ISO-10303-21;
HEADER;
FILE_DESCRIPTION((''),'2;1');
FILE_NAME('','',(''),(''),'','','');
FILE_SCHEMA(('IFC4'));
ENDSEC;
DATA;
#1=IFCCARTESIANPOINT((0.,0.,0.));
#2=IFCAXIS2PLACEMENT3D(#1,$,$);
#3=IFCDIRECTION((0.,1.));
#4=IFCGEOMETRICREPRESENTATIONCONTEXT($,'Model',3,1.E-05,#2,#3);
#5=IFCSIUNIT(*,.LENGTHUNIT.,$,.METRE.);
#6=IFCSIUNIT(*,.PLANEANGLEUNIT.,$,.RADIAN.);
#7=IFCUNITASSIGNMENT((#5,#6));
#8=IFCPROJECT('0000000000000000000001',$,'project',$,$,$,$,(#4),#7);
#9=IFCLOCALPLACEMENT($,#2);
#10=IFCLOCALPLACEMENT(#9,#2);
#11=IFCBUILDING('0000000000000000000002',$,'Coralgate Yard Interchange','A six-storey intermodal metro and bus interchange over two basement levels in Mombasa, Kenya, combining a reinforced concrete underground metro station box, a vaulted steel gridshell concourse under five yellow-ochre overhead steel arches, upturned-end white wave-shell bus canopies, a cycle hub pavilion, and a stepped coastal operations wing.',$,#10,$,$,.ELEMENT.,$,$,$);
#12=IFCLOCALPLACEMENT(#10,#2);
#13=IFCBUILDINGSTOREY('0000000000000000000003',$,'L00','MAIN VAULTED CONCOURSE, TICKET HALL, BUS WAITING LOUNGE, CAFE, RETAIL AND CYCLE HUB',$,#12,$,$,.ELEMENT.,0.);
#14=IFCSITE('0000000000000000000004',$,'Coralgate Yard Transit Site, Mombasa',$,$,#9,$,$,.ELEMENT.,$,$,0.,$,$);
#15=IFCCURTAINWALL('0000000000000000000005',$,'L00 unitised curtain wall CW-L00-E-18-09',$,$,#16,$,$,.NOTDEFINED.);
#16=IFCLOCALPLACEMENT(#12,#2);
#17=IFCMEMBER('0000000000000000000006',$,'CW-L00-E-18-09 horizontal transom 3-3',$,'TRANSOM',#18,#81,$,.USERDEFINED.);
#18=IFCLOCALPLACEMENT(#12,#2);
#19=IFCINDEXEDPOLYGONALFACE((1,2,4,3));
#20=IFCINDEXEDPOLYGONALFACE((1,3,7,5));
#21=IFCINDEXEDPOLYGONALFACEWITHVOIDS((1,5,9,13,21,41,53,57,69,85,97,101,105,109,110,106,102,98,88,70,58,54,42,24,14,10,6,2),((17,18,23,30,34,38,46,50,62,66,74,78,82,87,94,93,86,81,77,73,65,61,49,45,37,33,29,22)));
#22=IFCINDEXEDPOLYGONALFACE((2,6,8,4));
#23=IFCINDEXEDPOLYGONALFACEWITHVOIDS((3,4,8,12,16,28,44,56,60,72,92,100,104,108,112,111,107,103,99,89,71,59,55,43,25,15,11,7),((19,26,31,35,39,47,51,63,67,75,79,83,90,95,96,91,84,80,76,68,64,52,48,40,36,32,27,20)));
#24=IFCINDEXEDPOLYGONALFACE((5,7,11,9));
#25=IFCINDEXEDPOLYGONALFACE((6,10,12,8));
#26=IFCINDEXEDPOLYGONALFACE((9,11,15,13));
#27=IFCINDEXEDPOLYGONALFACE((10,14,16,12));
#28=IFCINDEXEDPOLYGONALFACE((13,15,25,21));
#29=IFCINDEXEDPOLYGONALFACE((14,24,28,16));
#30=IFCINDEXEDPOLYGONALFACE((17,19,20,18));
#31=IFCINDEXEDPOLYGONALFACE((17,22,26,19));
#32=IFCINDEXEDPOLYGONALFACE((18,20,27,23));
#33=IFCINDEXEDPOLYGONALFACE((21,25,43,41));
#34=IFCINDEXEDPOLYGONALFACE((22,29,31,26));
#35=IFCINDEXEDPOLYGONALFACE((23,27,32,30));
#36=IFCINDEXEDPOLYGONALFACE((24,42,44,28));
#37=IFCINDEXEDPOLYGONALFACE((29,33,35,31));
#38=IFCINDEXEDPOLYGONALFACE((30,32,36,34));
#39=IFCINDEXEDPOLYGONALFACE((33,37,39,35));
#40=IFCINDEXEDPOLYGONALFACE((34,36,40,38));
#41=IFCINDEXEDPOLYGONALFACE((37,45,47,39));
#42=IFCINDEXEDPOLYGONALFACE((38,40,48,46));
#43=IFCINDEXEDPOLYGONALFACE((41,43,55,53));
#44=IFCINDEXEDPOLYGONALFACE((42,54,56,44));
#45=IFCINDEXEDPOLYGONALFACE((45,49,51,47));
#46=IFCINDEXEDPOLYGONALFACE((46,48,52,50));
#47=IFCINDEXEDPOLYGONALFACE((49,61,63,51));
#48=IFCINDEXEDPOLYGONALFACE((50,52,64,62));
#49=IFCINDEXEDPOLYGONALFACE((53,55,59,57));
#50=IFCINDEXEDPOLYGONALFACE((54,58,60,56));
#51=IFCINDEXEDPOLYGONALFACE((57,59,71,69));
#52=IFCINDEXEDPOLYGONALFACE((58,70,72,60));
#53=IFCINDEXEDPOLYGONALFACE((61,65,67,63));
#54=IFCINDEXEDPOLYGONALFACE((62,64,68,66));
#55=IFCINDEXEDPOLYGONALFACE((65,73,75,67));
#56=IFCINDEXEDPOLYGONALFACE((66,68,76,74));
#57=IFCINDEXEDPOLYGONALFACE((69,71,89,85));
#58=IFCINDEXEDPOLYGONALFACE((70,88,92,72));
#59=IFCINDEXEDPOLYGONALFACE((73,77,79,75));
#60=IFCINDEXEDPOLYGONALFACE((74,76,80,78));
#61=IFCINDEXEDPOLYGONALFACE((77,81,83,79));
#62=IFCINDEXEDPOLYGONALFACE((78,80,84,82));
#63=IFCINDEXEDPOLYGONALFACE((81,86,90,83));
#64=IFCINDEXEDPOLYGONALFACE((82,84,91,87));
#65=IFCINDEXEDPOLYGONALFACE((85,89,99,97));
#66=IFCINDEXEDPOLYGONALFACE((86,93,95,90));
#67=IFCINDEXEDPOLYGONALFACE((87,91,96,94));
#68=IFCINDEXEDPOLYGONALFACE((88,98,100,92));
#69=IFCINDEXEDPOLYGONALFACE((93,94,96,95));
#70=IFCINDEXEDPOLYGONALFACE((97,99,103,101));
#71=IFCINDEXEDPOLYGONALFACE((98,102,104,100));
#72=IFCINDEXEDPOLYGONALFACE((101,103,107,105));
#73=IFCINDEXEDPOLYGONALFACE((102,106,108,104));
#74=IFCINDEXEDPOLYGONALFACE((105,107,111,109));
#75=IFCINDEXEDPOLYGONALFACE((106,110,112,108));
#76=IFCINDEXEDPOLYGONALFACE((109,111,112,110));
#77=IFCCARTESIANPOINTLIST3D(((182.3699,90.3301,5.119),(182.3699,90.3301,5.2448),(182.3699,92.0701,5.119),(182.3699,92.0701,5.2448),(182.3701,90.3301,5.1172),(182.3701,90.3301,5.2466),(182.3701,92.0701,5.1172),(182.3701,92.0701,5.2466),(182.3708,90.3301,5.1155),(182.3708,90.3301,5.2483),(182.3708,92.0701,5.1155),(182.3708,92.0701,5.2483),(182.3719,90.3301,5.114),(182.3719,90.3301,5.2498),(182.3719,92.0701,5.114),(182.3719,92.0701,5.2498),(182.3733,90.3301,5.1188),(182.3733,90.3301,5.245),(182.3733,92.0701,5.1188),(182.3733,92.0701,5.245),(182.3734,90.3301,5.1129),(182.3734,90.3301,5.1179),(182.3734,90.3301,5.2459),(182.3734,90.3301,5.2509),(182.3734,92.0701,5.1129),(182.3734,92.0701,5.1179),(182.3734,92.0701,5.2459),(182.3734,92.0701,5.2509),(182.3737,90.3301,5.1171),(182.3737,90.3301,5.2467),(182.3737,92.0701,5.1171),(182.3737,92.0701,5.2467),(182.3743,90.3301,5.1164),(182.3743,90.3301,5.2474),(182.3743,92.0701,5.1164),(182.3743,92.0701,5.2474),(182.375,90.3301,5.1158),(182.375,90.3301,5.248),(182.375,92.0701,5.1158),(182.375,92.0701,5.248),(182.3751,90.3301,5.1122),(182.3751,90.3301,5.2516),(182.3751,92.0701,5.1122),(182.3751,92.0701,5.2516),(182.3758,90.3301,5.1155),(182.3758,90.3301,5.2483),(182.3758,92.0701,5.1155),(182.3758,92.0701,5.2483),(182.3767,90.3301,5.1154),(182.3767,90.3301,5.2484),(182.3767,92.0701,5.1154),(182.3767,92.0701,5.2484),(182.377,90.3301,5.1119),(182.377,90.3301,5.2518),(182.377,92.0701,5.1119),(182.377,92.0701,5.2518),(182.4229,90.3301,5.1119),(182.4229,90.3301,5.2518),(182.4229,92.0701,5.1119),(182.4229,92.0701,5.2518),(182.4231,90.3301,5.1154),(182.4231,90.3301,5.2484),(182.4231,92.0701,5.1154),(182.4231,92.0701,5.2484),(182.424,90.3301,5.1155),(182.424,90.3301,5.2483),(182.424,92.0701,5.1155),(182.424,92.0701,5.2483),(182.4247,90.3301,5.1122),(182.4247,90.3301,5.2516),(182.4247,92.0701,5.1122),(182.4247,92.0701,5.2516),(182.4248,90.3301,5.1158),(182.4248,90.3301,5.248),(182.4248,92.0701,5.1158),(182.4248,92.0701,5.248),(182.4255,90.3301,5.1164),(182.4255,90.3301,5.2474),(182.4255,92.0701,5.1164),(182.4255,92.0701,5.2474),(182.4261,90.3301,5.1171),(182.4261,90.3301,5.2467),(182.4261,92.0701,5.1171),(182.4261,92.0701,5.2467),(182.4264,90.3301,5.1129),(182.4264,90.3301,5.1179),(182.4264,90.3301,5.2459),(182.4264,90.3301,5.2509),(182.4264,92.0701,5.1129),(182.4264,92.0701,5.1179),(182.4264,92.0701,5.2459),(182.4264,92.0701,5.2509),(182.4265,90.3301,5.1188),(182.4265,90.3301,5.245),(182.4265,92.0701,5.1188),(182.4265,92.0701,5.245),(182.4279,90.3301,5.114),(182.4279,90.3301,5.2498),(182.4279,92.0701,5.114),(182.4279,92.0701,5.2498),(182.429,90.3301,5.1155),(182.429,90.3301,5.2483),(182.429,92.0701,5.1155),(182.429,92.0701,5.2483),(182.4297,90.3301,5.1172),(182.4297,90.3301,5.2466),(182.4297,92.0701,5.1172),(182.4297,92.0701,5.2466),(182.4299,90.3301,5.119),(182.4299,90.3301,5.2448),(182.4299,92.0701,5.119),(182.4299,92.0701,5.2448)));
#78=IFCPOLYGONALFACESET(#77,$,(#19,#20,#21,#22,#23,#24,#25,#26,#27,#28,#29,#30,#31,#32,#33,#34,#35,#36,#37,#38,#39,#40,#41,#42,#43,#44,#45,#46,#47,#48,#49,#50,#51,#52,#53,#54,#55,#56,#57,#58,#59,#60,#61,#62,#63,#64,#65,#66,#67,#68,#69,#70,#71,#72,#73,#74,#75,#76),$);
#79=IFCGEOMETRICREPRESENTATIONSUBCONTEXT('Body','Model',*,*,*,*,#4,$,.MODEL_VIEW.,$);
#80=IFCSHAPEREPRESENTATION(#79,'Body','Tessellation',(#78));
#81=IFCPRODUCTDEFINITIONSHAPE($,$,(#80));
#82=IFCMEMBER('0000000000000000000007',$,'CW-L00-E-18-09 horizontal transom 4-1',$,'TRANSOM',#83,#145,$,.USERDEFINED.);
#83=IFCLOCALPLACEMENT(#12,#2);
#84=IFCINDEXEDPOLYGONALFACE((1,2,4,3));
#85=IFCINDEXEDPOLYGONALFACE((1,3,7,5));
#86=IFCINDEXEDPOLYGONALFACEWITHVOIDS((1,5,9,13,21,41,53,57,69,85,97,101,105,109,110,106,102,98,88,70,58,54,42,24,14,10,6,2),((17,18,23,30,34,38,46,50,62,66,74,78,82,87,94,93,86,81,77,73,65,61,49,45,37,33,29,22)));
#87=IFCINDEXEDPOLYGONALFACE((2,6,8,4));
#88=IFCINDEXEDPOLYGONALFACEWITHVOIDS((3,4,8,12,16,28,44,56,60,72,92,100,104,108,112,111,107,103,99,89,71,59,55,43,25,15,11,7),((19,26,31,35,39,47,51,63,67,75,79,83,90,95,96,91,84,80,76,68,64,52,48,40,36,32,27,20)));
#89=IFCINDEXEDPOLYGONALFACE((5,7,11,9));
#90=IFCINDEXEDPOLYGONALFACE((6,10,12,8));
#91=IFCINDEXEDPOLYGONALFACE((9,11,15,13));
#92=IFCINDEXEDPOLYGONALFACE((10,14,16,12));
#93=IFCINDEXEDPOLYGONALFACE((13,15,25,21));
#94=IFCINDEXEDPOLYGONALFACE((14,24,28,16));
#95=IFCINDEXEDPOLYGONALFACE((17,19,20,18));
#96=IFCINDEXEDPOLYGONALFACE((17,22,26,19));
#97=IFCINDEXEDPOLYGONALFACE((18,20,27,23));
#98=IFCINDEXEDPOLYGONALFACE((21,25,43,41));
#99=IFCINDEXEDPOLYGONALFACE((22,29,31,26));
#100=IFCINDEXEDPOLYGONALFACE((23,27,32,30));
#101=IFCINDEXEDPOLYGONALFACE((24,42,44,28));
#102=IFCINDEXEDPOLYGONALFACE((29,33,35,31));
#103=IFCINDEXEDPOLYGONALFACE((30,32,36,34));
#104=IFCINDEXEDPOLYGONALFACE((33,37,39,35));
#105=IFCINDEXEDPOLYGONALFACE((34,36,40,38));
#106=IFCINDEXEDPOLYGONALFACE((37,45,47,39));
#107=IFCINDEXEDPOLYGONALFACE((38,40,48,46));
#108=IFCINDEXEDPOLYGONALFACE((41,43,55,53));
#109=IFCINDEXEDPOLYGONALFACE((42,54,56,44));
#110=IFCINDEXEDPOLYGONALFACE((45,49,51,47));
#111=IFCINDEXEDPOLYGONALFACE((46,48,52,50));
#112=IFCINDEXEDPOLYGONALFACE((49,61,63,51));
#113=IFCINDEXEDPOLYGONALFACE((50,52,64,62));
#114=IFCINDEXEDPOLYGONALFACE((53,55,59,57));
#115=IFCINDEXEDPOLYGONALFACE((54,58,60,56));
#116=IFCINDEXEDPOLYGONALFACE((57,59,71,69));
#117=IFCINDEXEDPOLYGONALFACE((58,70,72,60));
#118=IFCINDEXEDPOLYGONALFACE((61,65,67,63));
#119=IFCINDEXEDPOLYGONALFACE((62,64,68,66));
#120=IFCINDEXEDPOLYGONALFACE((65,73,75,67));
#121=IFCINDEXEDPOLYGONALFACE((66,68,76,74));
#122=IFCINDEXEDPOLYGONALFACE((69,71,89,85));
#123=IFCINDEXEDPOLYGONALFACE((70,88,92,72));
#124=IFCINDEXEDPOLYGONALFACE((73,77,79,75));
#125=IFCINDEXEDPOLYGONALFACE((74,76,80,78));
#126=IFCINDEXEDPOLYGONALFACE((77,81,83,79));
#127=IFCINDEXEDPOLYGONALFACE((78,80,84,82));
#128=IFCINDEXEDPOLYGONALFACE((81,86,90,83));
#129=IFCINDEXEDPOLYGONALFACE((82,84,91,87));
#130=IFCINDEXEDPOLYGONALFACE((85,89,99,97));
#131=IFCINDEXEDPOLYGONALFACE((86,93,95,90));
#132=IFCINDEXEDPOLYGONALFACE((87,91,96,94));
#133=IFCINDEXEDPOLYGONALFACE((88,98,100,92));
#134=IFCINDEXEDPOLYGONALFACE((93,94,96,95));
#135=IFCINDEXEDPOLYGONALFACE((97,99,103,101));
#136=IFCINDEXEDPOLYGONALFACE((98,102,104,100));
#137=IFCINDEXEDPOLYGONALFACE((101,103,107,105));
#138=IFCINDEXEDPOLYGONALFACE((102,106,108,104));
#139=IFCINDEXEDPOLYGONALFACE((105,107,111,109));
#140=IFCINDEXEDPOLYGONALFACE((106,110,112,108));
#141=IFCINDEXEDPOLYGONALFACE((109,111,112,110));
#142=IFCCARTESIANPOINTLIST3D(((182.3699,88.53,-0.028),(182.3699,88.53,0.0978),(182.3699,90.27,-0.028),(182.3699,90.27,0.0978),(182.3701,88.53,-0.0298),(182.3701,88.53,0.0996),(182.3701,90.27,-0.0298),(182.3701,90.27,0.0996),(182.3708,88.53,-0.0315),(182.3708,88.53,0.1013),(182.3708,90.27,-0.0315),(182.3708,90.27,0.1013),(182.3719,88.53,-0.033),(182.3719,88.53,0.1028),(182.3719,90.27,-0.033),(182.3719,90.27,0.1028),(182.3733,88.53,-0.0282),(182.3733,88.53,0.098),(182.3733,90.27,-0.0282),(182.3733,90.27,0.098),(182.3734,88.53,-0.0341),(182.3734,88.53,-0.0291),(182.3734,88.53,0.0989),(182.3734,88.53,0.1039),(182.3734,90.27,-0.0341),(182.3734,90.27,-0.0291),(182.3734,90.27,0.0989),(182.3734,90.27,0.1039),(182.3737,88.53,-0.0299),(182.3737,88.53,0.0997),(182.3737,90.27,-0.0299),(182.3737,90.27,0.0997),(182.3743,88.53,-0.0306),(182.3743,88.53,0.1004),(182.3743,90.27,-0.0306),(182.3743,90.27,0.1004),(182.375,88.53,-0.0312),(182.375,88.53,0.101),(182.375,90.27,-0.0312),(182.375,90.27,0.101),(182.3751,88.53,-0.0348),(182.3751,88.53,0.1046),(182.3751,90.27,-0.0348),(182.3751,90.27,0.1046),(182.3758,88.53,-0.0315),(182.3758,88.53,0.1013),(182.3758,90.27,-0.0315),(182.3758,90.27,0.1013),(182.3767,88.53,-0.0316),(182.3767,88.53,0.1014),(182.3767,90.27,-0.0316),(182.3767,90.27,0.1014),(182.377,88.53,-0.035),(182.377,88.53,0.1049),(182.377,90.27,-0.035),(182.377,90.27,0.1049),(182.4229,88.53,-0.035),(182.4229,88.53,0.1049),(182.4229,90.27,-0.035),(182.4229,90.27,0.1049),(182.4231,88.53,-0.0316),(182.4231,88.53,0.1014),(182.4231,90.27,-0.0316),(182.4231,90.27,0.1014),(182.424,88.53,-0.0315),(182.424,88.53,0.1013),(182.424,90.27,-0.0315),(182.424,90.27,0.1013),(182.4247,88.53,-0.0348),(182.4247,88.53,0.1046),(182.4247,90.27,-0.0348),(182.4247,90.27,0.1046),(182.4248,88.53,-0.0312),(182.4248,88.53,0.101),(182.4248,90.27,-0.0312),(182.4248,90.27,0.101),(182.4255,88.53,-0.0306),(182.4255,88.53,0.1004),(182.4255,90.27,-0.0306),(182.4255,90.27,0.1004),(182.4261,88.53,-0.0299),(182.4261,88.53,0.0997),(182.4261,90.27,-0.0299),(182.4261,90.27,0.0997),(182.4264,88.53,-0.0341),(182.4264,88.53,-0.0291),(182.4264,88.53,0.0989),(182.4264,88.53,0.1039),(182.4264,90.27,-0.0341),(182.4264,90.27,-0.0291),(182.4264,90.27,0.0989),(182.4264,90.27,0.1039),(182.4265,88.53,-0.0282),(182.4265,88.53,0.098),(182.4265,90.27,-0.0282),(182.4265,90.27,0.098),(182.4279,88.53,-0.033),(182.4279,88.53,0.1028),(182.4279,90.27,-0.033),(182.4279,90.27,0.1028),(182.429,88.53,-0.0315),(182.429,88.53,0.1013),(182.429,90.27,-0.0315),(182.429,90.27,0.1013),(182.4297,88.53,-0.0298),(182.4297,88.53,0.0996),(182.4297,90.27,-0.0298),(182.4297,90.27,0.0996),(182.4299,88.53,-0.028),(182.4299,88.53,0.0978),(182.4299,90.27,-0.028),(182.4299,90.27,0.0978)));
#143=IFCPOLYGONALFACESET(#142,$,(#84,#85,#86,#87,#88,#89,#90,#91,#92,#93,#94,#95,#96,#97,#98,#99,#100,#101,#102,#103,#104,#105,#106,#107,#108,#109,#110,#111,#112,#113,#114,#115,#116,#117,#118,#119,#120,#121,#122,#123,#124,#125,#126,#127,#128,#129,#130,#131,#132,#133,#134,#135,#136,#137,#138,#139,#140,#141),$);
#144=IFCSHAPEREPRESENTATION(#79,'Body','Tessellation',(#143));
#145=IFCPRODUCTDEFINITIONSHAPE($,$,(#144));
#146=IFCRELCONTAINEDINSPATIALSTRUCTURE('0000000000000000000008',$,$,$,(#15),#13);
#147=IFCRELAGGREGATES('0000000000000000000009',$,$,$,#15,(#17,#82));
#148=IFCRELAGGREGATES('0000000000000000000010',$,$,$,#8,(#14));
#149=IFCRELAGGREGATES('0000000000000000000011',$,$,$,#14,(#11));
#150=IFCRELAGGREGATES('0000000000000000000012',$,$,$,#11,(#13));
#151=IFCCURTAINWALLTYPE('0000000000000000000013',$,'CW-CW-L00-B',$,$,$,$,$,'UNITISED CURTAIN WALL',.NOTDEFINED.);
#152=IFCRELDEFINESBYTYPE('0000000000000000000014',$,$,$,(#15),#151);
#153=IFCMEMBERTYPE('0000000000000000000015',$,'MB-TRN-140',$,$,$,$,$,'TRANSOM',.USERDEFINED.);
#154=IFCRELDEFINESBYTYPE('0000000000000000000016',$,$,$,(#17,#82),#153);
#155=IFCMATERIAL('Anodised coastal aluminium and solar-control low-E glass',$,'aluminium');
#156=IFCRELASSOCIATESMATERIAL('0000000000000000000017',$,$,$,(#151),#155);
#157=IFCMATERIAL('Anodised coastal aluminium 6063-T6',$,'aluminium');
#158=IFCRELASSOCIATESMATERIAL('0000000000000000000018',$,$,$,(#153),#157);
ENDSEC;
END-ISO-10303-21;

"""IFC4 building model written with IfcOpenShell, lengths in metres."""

from ifc_helpers import new_model, si_unit, direction, frame, origin, origin_2d, place, context, subcontext, project, spatial, hollow_rectangle, extrude, material, material_profile, profile_set, type_object, element, aggregate, save


model = new_model("IFC4")

# Units and contexts
model_context = context("Model", 3, precision=1e-05, world=origin(), true_north=direction((0.0, 1.0)))
body_context = subcontext(model_context, "Body", "Model", "MODEL_VIEW")
ifc_project = project(units=[si_unit("LENGTHUNIT", "METRE"), si_unit("PLANEANGLEUNIT", "RADIAN")], contexts=[model_context])

# Site, building, storey
site_placement = place(None, origin())
site = spatial("IfcSite", under=ifc_project, at=site_placement, Name="Coralgate Yard Transit Site, Mombasa", CompositionType="ELEMENT", RefElevation=0.0)
building_placement = place(site_placement, origin())
building = spatial("IfcBuilding", under=site, at=building_placement, Name="Coralgate Yard Interchange", Description="A six-storey intermodal metro and bus interchange over two basement levels in Mombasa, Kenya, combining a reinforced concrete underground metro station box, a vaulted steel gridshell concourse under five yellow-ochre overhead steel arches, upturned-end white wave-shell bus canopies, a cycle hub pavilion, and a stepped coastal operations wing.", CompositionType="ELEMENT")
storey_placement = place(building_placement, origin())
storey = spatial("IfcBuildingStorey", under=building, at=storey_placement, Name="L00", Description="MAIN VAULTED CONCOURSE, TICKET HALL, BUS WAITING LOUNGE, CAFE, RETAIL AND CYCLE HUB", CompositionType="ELEMENT", Elevation=0.0)

# Curtain wall, members
ifc_material_1 = material(Name="Anodised coastal aluminium and solar-control low-E glass", Category="aluminium")
curtain_wall_type = type_object("IfcCurtainWallType", Name="CW-CW-L00-B", ElementType="UNITISED CURTAIN WALL", PredefinedType="NOTDEFINED", material=ifc_material_1)
curtain_wall_placement = place(storey_placement, origin())
curtain_wall = element("IfcCurtainWall", 1, at=curtain_wall_placement, inside=storey, type_object=curtain_wall_type, Name="L00 unitised curtain wall CW-L00-E-18-09", PredefinedType="NOTDEFINED")
ifc_material_2 = material(Name="Anodised coastal aluminium 6063-T6", Category="aluminium")
ifc_material_profile_1 = material_profile(ifc_material_2, hollow_rectangle(XDim=0.0601, YDim=0.1399, WallThickness=0.0034, InnerFilletRadius=0.0034, OuterFilletRadius=0.0071, at=origin_2d()), Name="ALU 60x140x3.5")
ifc_profile_set_1 = profile_set([ifc_material_profile_1], Name="Anodised coastal aluminium 6063-T6")
member_type_1 = type_object("IfcMemberType", Name="MB-TRN-140", ElementType="TRANSOM", PredefinedType="USERDEFINED", material=ifc_profile_set_1)
member_1_placement = place(storey_placement, frame((182.3999, 92.0701, 5.1819), z_axis=(0.0, -1.0, 0.0), x_axis=(1.0, 0.0, 0.0)))
member_1 = element("IfcMember", 2, at=member_1_placement, type_object=member_type_1, Name="CW-L00-E-18-09 horizontal transom 3-3", ObjectType="TRANSOM", PredefinedType="USERDEFINED", context=body_context, shape_type="SweptSolid", body=[
    extrude(hollow_rectangle(XDim=0.0601, YDim=0.1399, WallThickness=0.0034, InnerFilletRadius=0.0034, OuterFilletRadius=0.0071, at=origin_2d()), origin(), (0.0, 0.0, 1.0), 1.74),
])
member_2_placement = place(storey_placement, frame((182.3999, 90.27, 0.0349), z_axis=(0.0, -1.0, 0.0), x_axis=(1.0, 0.0, 0.0)))
member_2 = element("IfcMember", 3, at=member_2_placement, type_object=member_type_1, Name="CW-L00-E-18-09 horizontal transom 4-1", ObjectType="TRANSOM", PredefinedType="USERDEFINED", context=body_context, shape_type="SweptSolid", body=[
    extrude(hollow_rectangle(XDim=0.0601, YDim=0.1399, WallThickness=0.0034, InnerFilletRadius=0.0034, OuterFilletRadius=0.0071, at=origin_2d()), origin(), (0.0, 0.0, 1.0), 1.74),
])
aggregate(curtain_wall, [member_1, member_2])

save(model, "model.ifc")
